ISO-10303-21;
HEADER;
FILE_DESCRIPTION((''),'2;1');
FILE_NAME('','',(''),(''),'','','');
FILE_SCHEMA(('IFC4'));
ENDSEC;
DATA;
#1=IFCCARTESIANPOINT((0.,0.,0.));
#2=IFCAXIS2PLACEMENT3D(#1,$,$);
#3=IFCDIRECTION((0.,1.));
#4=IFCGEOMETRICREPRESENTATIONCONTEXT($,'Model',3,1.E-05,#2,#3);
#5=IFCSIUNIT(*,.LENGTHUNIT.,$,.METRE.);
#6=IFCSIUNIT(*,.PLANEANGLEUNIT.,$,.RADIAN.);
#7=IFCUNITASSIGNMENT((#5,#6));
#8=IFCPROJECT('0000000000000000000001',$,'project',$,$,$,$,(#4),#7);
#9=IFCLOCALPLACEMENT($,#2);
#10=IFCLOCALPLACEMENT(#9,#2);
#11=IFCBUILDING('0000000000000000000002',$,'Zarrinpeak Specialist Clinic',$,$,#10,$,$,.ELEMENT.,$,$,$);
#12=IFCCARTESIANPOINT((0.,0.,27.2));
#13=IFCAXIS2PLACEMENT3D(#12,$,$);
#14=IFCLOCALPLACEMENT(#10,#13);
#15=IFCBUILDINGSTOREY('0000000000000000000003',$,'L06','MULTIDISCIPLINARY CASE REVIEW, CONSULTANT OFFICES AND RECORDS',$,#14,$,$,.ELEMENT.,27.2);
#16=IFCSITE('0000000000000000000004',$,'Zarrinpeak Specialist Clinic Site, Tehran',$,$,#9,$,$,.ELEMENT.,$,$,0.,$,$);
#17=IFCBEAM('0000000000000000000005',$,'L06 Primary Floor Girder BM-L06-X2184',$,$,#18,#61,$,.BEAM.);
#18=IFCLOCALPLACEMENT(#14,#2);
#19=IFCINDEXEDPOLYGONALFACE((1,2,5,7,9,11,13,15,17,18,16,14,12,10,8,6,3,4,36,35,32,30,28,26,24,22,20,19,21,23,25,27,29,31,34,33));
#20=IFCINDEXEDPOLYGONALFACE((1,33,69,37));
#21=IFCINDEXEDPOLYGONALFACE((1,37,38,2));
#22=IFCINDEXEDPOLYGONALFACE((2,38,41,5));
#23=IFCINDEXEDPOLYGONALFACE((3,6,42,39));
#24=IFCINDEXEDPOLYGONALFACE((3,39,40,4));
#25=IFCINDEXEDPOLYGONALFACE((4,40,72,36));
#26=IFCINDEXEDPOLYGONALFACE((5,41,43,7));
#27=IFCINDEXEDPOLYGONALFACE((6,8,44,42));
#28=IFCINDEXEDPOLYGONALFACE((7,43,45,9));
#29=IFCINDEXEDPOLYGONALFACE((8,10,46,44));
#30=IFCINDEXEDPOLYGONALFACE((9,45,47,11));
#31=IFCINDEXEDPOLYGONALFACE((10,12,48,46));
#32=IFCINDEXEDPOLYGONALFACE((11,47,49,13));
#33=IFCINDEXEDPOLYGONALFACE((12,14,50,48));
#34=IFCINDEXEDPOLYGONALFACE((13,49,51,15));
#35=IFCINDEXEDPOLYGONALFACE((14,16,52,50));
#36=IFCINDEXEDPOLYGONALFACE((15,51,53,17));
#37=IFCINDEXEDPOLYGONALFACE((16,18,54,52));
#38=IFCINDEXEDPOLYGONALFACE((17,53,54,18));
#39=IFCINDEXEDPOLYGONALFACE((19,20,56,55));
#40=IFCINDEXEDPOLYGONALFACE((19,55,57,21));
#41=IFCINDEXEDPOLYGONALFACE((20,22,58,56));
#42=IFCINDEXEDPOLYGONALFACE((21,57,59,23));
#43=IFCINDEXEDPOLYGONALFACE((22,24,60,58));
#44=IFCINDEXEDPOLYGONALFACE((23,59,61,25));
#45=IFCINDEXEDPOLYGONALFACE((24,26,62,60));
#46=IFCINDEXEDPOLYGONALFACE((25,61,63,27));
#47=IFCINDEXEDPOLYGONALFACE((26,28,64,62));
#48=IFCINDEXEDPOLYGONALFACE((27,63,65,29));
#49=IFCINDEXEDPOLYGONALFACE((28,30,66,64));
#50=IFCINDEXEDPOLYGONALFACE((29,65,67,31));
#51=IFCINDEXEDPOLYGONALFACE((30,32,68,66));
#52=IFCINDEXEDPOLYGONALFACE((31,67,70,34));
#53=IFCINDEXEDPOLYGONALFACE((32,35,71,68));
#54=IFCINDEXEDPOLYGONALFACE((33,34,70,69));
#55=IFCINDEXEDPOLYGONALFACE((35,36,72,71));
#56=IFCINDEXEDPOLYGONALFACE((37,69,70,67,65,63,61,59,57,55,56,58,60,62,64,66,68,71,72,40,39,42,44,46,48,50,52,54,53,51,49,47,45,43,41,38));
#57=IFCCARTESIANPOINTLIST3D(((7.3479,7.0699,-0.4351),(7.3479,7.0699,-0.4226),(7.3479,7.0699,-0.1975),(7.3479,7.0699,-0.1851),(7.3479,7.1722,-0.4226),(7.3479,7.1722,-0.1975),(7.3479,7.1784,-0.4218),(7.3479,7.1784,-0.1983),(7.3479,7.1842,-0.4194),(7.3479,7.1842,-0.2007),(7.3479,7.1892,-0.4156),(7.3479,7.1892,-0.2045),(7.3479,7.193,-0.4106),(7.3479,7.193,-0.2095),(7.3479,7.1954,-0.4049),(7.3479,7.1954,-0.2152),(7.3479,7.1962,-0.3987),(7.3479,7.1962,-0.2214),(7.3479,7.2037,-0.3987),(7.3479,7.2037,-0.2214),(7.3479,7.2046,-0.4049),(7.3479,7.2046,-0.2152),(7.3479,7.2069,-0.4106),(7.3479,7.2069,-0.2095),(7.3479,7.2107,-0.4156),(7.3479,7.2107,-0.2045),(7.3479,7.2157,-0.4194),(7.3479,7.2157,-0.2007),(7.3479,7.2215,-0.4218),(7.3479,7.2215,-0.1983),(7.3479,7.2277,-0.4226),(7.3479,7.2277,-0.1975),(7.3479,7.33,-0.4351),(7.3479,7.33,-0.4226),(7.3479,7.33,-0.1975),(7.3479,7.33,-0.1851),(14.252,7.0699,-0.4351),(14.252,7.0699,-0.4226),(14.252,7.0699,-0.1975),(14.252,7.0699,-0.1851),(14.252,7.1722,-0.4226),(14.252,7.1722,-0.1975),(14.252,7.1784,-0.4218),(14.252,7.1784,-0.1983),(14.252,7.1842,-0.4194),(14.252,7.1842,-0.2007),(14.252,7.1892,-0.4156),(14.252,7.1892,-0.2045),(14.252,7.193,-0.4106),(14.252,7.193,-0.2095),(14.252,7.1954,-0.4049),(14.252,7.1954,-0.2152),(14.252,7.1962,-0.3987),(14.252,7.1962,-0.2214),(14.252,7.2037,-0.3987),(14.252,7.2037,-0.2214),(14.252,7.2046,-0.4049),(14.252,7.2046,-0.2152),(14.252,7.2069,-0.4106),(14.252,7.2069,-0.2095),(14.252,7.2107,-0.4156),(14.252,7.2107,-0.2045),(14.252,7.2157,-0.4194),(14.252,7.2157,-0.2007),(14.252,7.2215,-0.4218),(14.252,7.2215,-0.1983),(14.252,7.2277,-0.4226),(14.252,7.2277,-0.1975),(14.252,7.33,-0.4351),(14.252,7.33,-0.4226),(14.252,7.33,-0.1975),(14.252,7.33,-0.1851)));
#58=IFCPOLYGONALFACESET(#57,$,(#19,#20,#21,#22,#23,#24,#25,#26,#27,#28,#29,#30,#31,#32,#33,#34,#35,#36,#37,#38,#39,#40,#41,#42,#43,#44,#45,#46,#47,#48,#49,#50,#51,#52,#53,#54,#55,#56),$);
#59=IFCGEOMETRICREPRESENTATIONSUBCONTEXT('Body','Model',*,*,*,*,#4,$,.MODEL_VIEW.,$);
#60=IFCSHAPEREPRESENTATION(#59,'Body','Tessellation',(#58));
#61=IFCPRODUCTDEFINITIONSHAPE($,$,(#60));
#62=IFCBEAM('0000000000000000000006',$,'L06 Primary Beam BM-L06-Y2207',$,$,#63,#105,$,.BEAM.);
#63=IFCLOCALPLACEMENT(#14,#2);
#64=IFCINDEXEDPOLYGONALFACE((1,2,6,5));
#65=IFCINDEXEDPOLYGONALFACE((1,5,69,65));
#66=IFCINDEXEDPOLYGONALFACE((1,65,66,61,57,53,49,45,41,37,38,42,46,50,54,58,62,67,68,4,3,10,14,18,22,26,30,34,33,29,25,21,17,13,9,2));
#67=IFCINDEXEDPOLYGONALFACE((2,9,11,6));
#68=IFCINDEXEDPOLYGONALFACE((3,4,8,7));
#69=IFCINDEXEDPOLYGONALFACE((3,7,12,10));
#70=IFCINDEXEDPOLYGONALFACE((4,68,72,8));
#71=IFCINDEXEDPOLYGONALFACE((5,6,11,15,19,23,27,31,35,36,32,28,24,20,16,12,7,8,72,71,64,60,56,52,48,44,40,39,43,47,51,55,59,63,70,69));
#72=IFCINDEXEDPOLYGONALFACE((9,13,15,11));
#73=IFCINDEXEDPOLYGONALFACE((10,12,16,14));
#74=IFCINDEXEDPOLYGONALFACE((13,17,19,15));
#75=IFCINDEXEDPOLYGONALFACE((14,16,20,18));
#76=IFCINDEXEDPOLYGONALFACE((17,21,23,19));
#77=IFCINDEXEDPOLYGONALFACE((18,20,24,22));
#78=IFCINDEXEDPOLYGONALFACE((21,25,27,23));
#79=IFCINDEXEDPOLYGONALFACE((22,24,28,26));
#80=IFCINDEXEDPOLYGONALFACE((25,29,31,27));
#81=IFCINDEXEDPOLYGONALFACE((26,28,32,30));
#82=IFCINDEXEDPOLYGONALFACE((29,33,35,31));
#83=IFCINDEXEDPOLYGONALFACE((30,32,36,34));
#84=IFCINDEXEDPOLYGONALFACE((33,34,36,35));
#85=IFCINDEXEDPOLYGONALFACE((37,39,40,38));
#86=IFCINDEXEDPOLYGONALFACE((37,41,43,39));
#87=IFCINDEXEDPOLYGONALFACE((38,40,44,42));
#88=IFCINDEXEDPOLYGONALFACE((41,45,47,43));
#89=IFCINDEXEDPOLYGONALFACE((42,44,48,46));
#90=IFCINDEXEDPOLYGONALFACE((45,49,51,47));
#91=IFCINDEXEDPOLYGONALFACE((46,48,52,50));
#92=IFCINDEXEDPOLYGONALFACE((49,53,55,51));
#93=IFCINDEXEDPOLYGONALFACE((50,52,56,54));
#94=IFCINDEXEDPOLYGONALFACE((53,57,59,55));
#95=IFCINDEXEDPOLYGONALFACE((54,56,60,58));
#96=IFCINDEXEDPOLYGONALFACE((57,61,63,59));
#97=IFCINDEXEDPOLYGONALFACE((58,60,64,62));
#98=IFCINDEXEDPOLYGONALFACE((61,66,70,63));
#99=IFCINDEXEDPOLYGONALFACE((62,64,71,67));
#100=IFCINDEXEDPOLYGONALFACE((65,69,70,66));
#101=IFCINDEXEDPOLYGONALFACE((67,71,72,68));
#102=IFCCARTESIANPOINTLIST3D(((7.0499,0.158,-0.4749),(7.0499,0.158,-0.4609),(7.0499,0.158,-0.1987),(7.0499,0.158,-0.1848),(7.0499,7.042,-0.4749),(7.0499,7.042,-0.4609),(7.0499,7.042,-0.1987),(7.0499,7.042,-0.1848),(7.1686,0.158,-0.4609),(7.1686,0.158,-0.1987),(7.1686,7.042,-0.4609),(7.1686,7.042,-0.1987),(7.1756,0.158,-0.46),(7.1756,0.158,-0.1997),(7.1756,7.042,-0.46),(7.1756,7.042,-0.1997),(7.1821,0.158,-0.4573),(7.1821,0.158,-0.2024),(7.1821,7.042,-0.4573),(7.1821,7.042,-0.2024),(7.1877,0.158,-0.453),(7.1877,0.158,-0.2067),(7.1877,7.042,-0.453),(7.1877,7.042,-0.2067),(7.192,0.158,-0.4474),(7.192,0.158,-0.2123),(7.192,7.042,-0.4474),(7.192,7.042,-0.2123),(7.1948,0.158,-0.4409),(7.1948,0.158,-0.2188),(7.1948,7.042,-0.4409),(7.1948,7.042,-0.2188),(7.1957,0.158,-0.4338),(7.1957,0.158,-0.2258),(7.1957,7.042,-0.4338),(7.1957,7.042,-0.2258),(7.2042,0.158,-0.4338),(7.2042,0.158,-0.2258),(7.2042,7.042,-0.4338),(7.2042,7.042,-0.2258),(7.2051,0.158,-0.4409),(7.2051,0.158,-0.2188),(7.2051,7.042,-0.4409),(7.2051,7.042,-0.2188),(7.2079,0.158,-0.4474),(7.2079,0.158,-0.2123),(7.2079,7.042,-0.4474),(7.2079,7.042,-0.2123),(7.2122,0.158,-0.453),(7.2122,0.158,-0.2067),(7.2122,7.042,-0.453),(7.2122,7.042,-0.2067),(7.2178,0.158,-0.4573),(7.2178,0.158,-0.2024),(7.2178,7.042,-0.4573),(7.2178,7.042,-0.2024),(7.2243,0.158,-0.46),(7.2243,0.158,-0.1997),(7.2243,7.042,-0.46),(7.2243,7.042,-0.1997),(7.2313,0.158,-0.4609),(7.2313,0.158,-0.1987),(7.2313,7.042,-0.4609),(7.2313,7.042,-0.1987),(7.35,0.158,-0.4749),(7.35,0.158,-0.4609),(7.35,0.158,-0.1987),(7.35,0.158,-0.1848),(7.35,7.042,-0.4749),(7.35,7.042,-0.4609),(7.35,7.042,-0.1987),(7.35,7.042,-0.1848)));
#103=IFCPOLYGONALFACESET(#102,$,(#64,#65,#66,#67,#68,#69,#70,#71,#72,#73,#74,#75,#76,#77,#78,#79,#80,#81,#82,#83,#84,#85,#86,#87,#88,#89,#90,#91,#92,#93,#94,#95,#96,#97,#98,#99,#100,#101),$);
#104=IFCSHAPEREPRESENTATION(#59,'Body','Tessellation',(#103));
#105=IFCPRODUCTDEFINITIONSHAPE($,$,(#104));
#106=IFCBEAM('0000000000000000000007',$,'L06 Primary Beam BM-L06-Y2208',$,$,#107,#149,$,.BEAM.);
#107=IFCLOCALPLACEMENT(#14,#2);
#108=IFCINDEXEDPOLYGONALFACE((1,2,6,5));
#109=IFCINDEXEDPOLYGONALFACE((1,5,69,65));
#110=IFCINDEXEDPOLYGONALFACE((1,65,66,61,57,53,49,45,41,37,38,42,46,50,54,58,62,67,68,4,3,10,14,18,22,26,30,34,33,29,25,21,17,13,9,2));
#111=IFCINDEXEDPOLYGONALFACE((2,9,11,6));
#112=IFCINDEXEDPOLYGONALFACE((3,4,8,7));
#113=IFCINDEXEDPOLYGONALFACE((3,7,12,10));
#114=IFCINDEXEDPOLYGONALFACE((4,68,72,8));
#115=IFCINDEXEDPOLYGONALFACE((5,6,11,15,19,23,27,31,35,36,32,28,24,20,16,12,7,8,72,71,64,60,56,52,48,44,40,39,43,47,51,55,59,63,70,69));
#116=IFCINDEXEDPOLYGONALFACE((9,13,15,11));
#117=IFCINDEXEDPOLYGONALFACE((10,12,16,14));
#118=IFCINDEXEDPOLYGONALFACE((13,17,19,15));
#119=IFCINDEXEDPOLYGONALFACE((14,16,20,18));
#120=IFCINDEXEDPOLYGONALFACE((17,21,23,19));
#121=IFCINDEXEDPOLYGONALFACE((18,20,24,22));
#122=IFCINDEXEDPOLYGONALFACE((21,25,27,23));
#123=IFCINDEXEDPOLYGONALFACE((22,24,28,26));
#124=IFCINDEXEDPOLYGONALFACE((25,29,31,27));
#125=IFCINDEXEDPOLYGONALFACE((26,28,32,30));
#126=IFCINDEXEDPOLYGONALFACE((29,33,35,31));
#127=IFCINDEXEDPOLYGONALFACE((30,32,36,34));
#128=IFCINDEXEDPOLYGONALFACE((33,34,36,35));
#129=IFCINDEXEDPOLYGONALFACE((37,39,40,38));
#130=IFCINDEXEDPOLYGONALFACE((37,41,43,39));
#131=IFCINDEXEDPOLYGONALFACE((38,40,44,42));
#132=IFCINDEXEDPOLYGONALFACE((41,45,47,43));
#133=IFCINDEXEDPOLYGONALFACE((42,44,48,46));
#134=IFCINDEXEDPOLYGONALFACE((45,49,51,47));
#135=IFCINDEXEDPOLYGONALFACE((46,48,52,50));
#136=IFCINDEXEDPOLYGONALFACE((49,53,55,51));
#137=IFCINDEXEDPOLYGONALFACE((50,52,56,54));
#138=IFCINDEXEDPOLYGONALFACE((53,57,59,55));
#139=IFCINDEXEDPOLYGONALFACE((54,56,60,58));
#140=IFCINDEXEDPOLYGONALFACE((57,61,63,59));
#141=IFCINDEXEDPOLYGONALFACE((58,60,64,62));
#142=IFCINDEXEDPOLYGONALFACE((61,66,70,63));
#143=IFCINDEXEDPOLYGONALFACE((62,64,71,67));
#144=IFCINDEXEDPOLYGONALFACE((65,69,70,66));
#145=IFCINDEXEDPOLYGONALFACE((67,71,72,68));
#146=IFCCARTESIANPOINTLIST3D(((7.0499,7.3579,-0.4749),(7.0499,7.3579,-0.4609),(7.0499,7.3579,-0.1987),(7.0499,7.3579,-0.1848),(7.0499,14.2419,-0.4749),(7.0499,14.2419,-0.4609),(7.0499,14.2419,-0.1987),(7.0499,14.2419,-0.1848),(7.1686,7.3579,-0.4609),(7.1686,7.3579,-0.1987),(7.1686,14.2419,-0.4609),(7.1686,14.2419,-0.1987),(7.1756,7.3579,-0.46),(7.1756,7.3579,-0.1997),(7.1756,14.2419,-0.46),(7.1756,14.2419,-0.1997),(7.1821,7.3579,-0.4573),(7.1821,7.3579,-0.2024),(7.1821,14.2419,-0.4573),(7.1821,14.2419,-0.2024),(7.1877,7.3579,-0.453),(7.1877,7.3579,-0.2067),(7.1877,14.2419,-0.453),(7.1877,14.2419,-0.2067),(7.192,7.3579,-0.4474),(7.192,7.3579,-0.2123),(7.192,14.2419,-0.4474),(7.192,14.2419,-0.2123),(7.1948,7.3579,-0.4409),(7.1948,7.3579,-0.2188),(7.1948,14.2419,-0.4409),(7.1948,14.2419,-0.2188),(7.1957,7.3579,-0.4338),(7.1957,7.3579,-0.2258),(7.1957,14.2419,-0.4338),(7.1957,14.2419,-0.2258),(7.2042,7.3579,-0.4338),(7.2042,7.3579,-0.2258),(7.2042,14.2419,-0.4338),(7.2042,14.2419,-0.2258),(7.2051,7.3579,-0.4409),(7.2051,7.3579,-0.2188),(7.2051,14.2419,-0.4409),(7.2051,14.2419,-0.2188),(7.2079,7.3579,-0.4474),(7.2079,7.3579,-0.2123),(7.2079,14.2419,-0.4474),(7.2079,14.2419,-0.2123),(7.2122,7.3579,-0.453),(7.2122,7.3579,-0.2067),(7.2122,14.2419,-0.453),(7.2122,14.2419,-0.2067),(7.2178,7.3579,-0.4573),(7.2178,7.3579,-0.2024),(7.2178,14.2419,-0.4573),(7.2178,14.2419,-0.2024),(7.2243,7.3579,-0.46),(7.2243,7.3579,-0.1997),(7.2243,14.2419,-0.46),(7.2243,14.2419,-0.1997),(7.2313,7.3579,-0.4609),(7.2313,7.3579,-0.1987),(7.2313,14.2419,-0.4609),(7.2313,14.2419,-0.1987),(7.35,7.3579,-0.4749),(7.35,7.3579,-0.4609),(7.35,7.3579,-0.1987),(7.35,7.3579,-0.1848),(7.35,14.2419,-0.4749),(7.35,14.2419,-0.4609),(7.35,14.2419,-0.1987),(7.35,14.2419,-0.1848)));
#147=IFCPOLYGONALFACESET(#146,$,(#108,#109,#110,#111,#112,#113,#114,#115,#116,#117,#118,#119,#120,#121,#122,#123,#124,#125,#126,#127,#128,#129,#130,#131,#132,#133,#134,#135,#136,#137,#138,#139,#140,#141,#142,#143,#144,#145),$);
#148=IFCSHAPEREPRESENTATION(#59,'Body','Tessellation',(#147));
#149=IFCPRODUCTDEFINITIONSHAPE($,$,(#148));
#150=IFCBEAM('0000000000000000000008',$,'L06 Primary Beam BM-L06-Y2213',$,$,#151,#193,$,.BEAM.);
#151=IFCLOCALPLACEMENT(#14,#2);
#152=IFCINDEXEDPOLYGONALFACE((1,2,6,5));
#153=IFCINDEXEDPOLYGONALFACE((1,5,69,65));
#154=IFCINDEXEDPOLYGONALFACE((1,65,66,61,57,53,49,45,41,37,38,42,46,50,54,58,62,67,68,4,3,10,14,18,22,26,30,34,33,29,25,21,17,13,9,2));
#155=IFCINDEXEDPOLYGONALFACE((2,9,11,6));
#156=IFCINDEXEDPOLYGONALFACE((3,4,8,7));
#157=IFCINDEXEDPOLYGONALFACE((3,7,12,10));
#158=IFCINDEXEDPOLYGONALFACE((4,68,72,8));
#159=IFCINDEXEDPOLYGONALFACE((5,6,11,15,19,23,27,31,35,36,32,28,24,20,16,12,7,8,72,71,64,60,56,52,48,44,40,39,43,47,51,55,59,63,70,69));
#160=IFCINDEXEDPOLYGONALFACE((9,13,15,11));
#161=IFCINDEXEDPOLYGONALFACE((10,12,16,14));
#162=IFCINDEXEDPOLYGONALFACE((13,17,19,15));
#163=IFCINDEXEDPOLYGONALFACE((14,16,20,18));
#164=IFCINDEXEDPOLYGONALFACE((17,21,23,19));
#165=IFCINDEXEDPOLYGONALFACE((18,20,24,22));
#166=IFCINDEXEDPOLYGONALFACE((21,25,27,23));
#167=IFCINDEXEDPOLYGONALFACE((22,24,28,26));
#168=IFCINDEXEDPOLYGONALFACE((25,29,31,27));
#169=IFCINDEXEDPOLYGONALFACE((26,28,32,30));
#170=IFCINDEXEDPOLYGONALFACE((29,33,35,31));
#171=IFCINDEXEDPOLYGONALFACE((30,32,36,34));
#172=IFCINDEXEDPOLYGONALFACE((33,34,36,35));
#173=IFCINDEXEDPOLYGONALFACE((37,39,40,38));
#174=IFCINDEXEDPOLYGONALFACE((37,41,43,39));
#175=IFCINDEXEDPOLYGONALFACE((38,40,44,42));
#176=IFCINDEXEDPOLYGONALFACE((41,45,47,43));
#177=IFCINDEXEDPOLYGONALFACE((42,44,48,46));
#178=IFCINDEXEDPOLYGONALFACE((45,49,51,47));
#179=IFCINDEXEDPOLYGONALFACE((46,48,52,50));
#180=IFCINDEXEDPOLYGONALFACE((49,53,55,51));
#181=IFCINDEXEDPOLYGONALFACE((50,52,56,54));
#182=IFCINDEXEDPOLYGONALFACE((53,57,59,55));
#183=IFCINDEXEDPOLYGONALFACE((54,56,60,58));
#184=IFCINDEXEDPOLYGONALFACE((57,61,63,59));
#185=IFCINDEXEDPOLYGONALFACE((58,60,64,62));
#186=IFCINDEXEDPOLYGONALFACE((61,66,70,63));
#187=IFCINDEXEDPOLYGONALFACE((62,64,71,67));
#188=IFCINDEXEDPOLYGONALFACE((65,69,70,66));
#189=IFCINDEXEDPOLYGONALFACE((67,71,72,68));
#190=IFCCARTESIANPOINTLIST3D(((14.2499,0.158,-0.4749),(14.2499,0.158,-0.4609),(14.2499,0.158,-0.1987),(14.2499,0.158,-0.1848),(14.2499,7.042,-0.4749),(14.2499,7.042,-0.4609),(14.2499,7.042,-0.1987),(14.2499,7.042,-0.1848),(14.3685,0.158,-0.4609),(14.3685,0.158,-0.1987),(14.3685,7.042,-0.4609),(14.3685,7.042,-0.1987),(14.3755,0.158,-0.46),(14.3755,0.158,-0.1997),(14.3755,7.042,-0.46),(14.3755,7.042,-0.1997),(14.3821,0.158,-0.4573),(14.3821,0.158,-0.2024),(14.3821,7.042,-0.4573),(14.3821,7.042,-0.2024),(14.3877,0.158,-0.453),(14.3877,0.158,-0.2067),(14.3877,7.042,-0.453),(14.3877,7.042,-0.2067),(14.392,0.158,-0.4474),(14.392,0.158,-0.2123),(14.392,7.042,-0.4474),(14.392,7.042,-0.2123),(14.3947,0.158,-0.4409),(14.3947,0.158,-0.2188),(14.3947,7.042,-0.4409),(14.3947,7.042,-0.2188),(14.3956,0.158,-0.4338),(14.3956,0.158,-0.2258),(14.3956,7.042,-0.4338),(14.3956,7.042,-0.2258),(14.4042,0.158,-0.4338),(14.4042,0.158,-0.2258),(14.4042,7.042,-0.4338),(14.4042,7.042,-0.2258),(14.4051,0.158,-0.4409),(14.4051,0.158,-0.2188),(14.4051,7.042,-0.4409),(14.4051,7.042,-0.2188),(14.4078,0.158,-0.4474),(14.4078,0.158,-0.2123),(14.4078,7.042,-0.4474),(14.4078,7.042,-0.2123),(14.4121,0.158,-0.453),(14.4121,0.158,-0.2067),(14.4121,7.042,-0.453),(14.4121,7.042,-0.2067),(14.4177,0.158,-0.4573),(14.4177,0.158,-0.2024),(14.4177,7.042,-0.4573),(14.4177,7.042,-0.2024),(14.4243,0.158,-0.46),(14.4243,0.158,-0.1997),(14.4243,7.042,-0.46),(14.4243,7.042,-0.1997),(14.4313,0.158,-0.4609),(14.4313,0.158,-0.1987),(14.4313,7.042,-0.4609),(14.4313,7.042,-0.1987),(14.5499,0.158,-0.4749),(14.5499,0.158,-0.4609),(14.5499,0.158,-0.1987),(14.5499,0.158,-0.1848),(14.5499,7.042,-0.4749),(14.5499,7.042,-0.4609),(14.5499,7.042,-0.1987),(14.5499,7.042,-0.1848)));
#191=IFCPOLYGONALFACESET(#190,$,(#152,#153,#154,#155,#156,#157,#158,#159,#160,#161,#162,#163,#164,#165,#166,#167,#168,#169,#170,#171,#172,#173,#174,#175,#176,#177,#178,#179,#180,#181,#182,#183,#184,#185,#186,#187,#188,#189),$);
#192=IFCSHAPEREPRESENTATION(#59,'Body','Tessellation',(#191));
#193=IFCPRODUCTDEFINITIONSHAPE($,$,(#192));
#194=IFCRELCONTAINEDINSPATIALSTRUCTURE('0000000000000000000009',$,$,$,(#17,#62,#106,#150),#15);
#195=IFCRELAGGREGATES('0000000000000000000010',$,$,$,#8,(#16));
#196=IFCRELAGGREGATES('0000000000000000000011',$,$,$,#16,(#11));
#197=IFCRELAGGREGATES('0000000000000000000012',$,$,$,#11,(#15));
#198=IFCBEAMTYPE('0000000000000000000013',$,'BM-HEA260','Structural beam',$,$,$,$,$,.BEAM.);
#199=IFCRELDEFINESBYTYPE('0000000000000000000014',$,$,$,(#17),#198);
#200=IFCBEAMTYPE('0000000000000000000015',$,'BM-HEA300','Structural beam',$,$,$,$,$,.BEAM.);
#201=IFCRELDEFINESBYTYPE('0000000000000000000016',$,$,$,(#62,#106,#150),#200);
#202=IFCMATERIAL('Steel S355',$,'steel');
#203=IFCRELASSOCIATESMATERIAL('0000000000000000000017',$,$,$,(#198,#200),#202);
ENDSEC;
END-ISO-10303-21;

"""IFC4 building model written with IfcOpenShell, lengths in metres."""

from ifc_helpers import new_model, si_unit, direction, frame, origin, origin_2d, place, context, subcontext, project, spatial, i_section, extrude, material, material_profile, profile_set, type_object, element, save


model = new_model("IFC4")

# Units and contexts
model_context = context("Model", 3, precision=1e-05, world=origin(), true_north=direction((0.0, 1.0)))
body_context = subcontext(model_context, "Body", "Model", "MODEL_VIEW")
ifc_project = project(units=[si_unit("LENGTHUNIT", "METRE"), si_unit("PLANEANGLEUNIT", "RADIAN")], contexts=[model_context])

# Site, building, storey
site_placement = place(None, origin())
site = spatial("IfcSite", under=ifc_project, at=site_placement, Name="Zarrinpeak Specialist Clinic Site, Tehran", CompositionType="ELEMENT", RefElevation=0.0)
building_placement = place(site_placement, origin())
building = spatial("IfcBuilding", under=site, at=building_placement, Name="Zarrinpeak Specialist Clinic", CompositionType="ELEMENT")
storey_placement = place(building_placement, frame((0.0, 0.0, 27.2)))
storey = spatial("IfcBuildingStorey", under=building, at=storey_placement, Name="L06", Description="MULTIDISCIPLINARY CASE REVIEW, CONSULTANT OFFICES AND RECORDS", CompositionType="ELEMENT", Elevation=27.2)

# Shared definitions
ifc_material_1 = material(Name="Steel S355", Category="steel")

# Beams
ifc_material_profile_1 = material_profile(ifc_material_1, i_section(OverallWidth=0.26, OverallDepth=0.25, WebThickness=0.0076, FlangeThickness=0.0125, FilletRadius=0.0239, at=origin_2d()), Name="HEA 260")
ifc_profile_set_1 = profile_set([ifc_material_profile_1], Name="Steel S355")
beam_type_1 = type_object("IfcBeamType", Name="BM-HEA260", Description="Structural beam", PredefinedType="BEAM", material=ifc_profile_set_1)
for number, where, z_axis, x_axis, name in (
    (1, (7.3479, 7.2, -0.3101), (1.0, 0.0, 0.0), (0.0, 1.0, 0.0), "L06 Primary Floor Girder BM-L06-X2184"),
):
    element("IfcBeam", number, at=place(storey_placement, frame(where, z_axis=z_axis, x_axis=x_axis)), inside=storey, type_object=beam_type_1, Name=name, PredefinedType="BEAM", context=body_context, shape_type="SweptSolid", body=[
        extrude(i_section(OverallWidth=0.26, OverallDepth=0.25, WebThickness=0.0076, FlangeThickness=0.0125, FilletRadius=0.0239, at=origin_2d()), origin(), (0.0, 0.0, 1.0), 6.9041),
    ])
ifc_material_profile_2 = material_profile(ifc_material_1, i_section(OverallWidth=0.3, OverallDepth=0.29, WebThickness=0.0085, FlangeThickness=0.0139, FilletRadius=0.0271, at=origin_2d()), Name="HEA 300")
ifc_profile_set_2 = profile_set([ifc_material_profile_2], Name="Steel S355")
beam_type_2 = type_object("IfcBeamType", Name="BM-HEA300", Description="Structural beam", PredefinedType="BEAM", material=ifc_profile_set_2)
for number, where, z_axis, x_axis, name in (
    (2, (7.2, 0.158, -0.3298), (0.0, 1.0, 0.0), (-1.0, 0.0, 0.0), "L06 Primary Beam BM-L06-Y2207"),
    (3, (7.2, 7.3579, -0.3298), (0.0, 1.0, 0.0), (-1.0, 0.0, 0.0), "L06 Primary Beam BM-L06-Y2208"),
    (4, (14.3999, 0.158, -0.3298), (0.0, 1.0, 0.0), (-1.0, 0.0, 0.0), "L06 Primary Beam BM-L06-Y2213"),
):
    element("IfcBeam", number, at=place(storey_placement, frame(where, z_axis=z_axis, x_axis=x_axis)), inside=storey, type_object=beam_type_2, Name=name, PredefinedType="BEAM", context=body_context, shape_type="SweptSolid", body=[
        extrude(i_section(OverallWidth=0.3, OverallDepth=0.29, WebThickness=0.0085, FlangeThickness=0.0139, FilletRadius=0.0271, at=origin_2d()), origin(), (0.0, 0.0, 1.0), 6.884),
    ])

save(model, "model.ifc")
